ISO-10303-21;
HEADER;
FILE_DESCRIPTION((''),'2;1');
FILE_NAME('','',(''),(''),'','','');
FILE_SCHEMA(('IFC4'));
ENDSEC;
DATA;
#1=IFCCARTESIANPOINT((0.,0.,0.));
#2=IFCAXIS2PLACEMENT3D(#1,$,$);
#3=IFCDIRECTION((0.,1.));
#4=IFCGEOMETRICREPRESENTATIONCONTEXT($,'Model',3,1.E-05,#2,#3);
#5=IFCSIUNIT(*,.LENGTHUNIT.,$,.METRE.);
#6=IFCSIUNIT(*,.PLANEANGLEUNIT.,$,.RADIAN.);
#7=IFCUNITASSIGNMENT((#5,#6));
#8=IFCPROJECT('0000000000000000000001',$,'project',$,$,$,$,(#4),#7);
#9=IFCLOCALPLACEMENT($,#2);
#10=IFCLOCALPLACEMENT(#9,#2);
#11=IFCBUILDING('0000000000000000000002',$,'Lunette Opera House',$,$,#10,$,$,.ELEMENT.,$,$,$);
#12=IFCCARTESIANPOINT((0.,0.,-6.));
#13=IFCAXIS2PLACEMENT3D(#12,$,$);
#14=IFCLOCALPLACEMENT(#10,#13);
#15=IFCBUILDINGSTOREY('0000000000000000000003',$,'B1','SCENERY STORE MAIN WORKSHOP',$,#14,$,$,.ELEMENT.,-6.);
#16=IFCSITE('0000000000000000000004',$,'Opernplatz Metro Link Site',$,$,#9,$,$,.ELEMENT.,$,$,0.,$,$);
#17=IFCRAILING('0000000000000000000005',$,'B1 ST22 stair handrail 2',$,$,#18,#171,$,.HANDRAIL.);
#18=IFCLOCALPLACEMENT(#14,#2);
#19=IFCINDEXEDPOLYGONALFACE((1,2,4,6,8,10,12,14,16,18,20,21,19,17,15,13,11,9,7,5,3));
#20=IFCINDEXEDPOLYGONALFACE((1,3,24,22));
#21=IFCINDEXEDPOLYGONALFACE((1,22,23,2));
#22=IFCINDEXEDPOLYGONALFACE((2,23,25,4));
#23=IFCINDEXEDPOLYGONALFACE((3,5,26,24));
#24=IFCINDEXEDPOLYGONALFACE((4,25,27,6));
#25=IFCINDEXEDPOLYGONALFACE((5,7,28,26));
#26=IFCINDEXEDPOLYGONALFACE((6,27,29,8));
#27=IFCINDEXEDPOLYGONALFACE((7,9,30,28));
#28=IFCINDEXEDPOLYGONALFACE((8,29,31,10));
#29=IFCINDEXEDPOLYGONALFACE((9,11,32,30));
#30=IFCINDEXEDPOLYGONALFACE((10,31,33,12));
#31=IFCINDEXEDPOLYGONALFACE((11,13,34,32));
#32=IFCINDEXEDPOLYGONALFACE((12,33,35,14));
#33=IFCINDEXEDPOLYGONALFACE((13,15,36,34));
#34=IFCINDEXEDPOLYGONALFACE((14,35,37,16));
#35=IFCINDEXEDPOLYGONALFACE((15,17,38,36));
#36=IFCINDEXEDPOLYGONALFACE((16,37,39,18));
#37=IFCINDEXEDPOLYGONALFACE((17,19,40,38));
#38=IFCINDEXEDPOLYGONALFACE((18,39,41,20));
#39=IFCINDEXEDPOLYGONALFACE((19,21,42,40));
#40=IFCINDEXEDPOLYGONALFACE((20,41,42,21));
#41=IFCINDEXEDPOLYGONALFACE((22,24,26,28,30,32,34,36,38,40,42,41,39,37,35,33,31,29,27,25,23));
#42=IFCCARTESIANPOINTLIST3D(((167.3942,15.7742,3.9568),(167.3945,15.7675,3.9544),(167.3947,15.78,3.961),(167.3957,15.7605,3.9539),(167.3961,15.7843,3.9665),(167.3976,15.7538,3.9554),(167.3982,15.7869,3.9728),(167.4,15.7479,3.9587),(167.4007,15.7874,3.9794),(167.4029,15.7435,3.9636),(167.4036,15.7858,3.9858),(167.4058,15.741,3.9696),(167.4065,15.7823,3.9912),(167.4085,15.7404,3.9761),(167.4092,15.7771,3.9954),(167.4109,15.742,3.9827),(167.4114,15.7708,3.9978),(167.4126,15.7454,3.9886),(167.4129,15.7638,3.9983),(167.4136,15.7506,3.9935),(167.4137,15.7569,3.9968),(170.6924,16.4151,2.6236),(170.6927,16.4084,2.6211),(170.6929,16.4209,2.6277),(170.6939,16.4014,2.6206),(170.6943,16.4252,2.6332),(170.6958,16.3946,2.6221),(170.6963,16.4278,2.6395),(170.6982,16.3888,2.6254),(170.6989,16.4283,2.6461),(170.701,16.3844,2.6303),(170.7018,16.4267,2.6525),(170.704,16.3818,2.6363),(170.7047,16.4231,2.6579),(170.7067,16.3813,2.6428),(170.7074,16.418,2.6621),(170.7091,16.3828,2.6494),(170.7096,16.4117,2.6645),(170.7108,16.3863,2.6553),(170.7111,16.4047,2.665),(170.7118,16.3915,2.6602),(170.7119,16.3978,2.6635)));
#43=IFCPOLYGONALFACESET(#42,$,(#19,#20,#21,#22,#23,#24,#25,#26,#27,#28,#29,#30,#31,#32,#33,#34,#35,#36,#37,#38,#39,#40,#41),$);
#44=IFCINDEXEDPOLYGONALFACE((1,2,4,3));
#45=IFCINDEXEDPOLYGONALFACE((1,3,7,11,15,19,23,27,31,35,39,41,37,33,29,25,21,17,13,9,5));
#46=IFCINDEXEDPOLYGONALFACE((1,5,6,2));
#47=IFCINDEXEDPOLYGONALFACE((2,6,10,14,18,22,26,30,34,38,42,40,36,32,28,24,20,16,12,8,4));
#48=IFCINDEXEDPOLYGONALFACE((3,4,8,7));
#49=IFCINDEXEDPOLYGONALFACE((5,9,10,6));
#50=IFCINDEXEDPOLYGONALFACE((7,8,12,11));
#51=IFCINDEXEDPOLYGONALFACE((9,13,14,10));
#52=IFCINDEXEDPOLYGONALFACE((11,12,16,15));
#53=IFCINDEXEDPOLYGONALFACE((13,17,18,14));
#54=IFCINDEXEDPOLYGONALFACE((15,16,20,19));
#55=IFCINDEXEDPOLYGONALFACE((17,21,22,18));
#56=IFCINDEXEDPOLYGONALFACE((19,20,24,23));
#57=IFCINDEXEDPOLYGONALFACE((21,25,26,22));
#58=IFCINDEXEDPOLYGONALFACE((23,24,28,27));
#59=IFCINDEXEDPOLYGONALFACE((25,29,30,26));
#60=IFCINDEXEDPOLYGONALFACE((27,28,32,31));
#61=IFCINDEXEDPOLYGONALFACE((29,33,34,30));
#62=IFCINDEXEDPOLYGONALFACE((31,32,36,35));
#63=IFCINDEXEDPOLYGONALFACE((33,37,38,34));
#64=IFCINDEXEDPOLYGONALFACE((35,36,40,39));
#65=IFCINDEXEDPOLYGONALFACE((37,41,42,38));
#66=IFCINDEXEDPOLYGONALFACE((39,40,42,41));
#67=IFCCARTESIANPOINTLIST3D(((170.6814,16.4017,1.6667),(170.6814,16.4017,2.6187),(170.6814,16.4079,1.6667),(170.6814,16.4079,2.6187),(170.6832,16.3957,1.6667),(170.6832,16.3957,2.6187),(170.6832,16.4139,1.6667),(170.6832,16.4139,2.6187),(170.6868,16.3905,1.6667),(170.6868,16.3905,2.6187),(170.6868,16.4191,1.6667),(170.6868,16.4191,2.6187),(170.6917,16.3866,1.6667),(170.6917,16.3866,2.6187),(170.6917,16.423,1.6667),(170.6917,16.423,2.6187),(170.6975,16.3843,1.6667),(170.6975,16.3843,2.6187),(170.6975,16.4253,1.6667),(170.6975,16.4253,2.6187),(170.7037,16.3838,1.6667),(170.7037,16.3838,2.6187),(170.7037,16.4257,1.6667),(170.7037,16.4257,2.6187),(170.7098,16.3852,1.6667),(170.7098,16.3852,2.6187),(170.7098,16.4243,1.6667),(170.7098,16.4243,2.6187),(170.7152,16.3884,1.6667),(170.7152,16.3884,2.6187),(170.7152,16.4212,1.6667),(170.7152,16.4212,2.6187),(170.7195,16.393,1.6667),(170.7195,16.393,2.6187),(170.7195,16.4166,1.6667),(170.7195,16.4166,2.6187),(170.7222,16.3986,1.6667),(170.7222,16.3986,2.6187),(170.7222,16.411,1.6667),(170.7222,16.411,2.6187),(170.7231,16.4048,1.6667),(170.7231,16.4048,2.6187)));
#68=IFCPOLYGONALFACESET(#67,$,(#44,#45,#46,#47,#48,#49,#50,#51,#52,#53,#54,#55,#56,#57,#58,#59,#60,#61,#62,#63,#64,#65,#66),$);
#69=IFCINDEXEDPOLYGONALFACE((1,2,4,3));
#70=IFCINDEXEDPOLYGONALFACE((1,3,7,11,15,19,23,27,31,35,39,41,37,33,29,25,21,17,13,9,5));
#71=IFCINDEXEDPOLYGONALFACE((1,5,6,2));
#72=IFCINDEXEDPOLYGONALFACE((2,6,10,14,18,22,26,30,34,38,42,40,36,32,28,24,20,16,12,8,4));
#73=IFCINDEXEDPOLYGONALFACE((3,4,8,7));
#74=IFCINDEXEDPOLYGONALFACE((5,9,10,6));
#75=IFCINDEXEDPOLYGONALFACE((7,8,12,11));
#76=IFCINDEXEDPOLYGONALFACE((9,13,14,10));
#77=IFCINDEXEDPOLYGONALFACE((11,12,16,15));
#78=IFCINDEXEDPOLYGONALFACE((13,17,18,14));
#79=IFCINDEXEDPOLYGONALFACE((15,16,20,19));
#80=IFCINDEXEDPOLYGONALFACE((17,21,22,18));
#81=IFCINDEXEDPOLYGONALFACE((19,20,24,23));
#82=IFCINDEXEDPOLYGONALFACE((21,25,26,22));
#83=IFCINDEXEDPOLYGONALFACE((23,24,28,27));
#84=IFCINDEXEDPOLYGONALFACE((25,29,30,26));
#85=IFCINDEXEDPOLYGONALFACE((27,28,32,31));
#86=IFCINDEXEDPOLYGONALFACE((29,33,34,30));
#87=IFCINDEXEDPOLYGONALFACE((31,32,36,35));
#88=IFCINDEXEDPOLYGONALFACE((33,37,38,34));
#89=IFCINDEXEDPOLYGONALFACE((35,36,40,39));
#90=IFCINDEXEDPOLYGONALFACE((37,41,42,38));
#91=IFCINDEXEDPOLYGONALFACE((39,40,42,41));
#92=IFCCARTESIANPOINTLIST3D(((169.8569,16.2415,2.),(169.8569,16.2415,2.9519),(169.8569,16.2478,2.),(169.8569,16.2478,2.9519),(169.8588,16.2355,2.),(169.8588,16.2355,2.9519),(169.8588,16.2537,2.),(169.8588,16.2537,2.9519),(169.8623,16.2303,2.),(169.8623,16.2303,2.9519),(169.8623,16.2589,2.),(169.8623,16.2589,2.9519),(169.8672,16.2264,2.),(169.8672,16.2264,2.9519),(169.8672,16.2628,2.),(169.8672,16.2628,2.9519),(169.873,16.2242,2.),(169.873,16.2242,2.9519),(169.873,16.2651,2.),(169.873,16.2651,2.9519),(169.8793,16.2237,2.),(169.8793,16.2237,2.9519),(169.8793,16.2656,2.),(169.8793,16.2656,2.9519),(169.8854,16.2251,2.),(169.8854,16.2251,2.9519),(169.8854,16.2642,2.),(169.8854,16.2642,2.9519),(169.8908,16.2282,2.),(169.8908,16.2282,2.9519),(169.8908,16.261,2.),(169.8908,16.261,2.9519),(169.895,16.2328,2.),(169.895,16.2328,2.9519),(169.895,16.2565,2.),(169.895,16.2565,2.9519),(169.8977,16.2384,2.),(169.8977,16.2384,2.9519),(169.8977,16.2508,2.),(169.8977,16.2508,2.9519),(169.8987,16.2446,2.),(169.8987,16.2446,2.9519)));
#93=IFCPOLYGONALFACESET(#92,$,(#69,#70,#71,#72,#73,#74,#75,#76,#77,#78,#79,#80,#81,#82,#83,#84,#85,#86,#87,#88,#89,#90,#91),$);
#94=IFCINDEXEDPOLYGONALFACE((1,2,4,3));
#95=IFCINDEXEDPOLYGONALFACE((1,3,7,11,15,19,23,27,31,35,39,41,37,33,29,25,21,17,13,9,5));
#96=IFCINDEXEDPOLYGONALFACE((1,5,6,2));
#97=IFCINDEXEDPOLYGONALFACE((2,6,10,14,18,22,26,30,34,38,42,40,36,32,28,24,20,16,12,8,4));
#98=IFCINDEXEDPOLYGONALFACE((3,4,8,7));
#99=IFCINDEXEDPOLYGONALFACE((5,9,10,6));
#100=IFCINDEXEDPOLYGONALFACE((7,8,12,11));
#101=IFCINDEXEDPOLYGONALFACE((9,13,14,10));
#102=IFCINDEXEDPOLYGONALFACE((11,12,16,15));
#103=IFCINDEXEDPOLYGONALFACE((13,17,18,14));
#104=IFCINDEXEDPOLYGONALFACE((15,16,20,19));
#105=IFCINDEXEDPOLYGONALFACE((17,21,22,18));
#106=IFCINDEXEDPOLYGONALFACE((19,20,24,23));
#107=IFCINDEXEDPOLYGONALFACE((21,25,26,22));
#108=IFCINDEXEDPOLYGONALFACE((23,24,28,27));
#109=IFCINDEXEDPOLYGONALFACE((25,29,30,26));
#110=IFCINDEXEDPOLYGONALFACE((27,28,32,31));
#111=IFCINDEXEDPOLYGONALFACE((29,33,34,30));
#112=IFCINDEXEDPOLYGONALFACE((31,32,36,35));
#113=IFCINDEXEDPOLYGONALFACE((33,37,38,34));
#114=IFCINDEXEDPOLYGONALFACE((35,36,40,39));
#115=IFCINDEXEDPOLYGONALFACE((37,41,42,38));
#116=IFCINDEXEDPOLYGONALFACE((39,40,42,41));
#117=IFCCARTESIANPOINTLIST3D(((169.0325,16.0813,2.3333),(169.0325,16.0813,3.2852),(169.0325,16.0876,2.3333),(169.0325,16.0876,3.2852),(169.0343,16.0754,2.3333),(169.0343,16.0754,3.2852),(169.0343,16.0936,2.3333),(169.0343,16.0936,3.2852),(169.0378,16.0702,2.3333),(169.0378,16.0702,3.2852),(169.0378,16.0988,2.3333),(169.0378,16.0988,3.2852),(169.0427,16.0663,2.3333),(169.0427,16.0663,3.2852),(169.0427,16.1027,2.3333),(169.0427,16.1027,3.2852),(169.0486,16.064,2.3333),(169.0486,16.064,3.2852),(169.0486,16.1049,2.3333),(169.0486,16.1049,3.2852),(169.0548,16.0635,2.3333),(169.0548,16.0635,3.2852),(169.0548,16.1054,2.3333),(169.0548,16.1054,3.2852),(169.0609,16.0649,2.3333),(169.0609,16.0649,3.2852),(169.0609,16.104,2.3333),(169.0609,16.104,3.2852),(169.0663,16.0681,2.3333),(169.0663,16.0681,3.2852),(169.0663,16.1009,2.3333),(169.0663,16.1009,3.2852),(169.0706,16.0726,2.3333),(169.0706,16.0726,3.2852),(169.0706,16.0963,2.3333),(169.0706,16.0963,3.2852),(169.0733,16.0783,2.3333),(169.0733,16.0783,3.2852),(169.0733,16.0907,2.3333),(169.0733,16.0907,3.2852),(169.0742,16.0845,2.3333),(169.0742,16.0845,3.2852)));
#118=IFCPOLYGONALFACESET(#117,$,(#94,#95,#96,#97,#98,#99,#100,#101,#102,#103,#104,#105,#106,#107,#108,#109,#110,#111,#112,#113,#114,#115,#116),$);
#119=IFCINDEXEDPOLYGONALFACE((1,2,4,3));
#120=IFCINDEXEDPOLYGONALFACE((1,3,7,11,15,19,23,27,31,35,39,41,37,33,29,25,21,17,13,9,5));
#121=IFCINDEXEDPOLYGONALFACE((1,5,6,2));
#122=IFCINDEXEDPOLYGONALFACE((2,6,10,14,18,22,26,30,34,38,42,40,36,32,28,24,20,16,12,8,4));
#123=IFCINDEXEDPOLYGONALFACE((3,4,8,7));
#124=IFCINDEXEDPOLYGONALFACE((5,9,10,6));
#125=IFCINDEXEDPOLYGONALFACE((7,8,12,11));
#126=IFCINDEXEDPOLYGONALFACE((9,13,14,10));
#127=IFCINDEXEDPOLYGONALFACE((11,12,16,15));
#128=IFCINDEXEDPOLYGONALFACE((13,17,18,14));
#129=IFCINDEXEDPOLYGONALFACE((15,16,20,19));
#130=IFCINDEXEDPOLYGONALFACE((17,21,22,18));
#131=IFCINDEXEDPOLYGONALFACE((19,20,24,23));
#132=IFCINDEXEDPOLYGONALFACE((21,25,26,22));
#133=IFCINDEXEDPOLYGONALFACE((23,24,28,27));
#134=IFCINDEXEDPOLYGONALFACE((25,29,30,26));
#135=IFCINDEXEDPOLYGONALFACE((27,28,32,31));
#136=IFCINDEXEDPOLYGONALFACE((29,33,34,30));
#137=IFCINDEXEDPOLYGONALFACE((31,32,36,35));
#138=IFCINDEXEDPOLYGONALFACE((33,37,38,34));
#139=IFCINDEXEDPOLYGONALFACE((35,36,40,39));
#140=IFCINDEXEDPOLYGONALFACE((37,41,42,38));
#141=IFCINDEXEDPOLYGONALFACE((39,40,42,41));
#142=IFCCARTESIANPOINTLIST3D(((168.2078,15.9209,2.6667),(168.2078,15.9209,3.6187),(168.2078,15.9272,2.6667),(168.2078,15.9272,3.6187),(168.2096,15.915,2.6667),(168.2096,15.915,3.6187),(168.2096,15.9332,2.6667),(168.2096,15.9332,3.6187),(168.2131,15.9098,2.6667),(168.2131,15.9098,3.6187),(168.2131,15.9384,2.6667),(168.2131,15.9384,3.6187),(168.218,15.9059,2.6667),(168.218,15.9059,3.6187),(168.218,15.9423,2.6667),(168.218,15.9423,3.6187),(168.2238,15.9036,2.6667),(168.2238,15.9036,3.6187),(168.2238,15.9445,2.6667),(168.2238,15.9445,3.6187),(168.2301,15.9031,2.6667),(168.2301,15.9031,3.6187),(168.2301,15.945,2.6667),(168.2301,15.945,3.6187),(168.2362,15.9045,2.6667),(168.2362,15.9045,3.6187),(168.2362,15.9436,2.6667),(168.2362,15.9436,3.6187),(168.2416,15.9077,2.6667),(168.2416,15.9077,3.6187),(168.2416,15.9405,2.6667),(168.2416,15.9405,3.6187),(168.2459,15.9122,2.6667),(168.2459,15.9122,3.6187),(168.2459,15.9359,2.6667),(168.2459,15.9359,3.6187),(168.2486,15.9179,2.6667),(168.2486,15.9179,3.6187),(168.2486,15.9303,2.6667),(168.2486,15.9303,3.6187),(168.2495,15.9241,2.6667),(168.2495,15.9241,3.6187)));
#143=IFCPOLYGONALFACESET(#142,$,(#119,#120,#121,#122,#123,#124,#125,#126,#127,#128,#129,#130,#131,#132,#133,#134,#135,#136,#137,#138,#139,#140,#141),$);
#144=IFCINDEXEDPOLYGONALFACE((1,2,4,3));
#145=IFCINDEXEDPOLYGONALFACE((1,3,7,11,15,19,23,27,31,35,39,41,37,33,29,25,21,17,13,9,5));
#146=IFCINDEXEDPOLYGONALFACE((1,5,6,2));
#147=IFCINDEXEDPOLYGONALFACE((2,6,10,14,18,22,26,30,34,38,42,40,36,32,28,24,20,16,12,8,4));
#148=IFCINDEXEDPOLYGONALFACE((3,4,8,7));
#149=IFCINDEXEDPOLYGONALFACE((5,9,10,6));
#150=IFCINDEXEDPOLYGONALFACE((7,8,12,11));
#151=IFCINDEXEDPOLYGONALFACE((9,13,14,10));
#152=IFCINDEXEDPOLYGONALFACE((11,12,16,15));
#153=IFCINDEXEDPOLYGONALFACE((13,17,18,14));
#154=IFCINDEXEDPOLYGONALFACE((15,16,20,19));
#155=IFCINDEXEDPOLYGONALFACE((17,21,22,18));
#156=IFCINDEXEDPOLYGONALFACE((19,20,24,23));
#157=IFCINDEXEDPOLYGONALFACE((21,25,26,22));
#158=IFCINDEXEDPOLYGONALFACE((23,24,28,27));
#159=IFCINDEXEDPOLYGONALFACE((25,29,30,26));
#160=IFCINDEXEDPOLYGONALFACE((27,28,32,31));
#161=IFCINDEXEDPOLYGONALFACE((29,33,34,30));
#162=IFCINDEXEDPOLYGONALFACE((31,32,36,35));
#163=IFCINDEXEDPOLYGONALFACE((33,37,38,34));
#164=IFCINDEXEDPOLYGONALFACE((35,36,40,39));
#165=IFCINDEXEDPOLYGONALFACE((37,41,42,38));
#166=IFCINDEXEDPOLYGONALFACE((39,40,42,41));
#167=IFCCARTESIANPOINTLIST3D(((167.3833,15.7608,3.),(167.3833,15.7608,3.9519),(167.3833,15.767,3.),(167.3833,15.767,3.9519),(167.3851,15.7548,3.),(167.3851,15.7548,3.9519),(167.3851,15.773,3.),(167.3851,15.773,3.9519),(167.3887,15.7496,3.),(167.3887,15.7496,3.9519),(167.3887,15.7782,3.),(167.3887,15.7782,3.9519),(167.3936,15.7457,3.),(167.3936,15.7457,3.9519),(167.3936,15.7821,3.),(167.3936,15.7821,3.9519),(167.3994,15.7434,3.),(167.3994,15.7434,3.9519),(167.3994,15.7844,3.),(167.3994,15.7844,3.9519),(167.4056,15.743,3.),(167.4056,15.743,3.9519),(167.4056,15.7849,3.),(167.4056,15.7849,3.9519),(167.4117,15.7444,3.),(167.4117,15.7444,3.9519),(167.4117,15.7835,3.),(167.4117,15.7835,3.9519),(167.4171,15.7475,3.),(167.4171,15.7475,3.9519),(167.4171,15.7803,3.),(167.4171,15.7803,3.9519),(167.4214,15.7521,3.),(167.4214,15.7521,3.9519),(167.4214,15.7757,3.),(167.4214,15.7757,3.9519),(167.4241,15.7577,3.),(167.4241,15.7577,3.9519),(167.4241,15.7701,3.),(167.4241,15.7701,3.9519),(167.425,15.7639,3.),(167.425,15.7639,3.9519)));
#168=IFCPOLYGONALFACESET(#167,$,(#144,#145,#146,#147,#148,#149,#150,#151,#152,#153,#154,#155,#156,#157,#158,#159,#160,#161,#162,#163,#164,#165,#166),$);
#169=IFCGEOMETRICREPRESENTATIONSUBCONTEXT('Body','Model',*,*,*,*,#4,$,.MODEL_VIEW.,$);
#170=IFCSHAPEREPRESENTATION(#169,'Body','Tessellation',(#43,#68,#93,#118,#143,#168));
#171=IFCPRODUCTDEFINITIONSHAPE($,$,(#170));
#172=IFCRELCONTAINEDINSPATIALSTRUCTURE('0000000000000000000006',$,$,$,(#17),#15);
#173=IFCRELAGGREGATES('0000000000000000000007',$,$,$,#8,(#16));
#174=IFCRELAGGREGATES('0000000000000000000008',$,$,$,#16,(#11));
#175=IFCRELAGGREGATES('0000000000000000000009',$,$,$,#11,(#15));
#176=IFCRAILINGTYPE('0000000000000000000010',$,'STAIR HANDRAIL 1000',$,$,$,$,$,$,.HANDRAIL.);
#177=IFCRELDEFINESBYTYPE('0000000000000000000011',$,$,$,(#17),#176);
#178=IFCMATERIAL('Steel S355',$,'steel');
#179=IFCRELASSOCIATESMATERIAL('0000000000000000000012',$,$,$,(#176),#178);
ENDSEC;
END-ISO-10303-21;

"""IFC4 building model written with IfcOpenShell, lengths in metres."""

from ifc_helpers import new_model, si_unit, direction, frame, origin, origin_2d, place, context, subcontext, project, spatial, circle, extrude, material, type_object, element, save


model = new_model("IFC4")

# Units and contexts
model_context = context("Model", 3, precision=1e-05, world=origin(), true_north=direction((0.0, 1.0)))
body_context = subcontext(model_context, "Body", "Model", "MODEL_VIEW")
ifc_project = project(units=[si_unit("LENGTHUNIT", "METRE"), si_unit("PLANEANGLEUNIT", "RADIAN")], contexts=[model_context])

# Site, building, storey
site_placement = place(None, origin())
site = spatial("IfcSite", under=ifc_project, at=site_placement, Name="Opernplatz Metro Link Site", CompositionType="ELEMENT", RefElevation=0.0)
building_placement = place(site_placement, origin())
building = spatial("IfcBuilding", under=site, at=building_placement, Name="Lunette Opera House", CompositionType="ELEMENT")
storey_placement = place(building_placement, frame((0.0, 0.0, -6.0)))
storey = spatial("IfcBuildingStorey", under=building, at=storey_placement, Name="B1", Description="SCENERY STORE MAIN WORKSHOP", CompositionType="ELEMENT", Elevation=-6.0)

# Railing
ifc_material_1 = material(Name="Steel S355", Category="steel")
railing_type_1 = type_object("IfcRailingType", Name="STAIR HANDRAIL 1000", PredefinedType="HANDRAIL", material=ifc_material_1)
for number, where, name in (
    (1, (170.7021, 16.4048, 1.6667), "B1 ST22 stair handrail 2"),
):
    element("IfcRailing", number, at=place(storey_placement, frame(where)), inside=storey, type_object=railing_type_1, Name=name, PredefinedType="HANDRAIL", context=body_context, shape_type="SweptSolid", body=[
        extrude(circle(Radius=0.0239, at=origin_2d()), frame((0.0, 0.0, 0.9761), z_axis=(-0.912424, -0.177298, 0.368847), x_axis=(0.190747, -0.981639, 0.0)), (0.0, 0.0, 1.0), 3.6147),
        extrude(circle(Radius=0.021, at=origin_2d()), origin(), (0.0, 0.0, 1.0), 0.9519),
        extrude(circle(Radius=0.021, at=origin_2d()), frame((-0.8245, -0.1602, 0.3333)), (0.0, 0.0, 1.0), 0.9519),
        extrude(circle(Radius=0.021, at=origin_2d()), frame((-1.6489, -0.3203, 0.6665)), (0.0, 0.0, 1.0), 0.9519),
        extrude(circle(Radius=0.021, at=origin_2d()), frame((-2.4736, -0.4807, 1.0)), (0.0, 0.0, 1.0), 0.9519),
        extrude(circle(Radius=0.021, at=origin_2d()), frame((-3.2981, -0.6409, 1.3333)), (0.0, 0.0, 1.0), 0.9519),
    ])

save(model, "model.ifc")
